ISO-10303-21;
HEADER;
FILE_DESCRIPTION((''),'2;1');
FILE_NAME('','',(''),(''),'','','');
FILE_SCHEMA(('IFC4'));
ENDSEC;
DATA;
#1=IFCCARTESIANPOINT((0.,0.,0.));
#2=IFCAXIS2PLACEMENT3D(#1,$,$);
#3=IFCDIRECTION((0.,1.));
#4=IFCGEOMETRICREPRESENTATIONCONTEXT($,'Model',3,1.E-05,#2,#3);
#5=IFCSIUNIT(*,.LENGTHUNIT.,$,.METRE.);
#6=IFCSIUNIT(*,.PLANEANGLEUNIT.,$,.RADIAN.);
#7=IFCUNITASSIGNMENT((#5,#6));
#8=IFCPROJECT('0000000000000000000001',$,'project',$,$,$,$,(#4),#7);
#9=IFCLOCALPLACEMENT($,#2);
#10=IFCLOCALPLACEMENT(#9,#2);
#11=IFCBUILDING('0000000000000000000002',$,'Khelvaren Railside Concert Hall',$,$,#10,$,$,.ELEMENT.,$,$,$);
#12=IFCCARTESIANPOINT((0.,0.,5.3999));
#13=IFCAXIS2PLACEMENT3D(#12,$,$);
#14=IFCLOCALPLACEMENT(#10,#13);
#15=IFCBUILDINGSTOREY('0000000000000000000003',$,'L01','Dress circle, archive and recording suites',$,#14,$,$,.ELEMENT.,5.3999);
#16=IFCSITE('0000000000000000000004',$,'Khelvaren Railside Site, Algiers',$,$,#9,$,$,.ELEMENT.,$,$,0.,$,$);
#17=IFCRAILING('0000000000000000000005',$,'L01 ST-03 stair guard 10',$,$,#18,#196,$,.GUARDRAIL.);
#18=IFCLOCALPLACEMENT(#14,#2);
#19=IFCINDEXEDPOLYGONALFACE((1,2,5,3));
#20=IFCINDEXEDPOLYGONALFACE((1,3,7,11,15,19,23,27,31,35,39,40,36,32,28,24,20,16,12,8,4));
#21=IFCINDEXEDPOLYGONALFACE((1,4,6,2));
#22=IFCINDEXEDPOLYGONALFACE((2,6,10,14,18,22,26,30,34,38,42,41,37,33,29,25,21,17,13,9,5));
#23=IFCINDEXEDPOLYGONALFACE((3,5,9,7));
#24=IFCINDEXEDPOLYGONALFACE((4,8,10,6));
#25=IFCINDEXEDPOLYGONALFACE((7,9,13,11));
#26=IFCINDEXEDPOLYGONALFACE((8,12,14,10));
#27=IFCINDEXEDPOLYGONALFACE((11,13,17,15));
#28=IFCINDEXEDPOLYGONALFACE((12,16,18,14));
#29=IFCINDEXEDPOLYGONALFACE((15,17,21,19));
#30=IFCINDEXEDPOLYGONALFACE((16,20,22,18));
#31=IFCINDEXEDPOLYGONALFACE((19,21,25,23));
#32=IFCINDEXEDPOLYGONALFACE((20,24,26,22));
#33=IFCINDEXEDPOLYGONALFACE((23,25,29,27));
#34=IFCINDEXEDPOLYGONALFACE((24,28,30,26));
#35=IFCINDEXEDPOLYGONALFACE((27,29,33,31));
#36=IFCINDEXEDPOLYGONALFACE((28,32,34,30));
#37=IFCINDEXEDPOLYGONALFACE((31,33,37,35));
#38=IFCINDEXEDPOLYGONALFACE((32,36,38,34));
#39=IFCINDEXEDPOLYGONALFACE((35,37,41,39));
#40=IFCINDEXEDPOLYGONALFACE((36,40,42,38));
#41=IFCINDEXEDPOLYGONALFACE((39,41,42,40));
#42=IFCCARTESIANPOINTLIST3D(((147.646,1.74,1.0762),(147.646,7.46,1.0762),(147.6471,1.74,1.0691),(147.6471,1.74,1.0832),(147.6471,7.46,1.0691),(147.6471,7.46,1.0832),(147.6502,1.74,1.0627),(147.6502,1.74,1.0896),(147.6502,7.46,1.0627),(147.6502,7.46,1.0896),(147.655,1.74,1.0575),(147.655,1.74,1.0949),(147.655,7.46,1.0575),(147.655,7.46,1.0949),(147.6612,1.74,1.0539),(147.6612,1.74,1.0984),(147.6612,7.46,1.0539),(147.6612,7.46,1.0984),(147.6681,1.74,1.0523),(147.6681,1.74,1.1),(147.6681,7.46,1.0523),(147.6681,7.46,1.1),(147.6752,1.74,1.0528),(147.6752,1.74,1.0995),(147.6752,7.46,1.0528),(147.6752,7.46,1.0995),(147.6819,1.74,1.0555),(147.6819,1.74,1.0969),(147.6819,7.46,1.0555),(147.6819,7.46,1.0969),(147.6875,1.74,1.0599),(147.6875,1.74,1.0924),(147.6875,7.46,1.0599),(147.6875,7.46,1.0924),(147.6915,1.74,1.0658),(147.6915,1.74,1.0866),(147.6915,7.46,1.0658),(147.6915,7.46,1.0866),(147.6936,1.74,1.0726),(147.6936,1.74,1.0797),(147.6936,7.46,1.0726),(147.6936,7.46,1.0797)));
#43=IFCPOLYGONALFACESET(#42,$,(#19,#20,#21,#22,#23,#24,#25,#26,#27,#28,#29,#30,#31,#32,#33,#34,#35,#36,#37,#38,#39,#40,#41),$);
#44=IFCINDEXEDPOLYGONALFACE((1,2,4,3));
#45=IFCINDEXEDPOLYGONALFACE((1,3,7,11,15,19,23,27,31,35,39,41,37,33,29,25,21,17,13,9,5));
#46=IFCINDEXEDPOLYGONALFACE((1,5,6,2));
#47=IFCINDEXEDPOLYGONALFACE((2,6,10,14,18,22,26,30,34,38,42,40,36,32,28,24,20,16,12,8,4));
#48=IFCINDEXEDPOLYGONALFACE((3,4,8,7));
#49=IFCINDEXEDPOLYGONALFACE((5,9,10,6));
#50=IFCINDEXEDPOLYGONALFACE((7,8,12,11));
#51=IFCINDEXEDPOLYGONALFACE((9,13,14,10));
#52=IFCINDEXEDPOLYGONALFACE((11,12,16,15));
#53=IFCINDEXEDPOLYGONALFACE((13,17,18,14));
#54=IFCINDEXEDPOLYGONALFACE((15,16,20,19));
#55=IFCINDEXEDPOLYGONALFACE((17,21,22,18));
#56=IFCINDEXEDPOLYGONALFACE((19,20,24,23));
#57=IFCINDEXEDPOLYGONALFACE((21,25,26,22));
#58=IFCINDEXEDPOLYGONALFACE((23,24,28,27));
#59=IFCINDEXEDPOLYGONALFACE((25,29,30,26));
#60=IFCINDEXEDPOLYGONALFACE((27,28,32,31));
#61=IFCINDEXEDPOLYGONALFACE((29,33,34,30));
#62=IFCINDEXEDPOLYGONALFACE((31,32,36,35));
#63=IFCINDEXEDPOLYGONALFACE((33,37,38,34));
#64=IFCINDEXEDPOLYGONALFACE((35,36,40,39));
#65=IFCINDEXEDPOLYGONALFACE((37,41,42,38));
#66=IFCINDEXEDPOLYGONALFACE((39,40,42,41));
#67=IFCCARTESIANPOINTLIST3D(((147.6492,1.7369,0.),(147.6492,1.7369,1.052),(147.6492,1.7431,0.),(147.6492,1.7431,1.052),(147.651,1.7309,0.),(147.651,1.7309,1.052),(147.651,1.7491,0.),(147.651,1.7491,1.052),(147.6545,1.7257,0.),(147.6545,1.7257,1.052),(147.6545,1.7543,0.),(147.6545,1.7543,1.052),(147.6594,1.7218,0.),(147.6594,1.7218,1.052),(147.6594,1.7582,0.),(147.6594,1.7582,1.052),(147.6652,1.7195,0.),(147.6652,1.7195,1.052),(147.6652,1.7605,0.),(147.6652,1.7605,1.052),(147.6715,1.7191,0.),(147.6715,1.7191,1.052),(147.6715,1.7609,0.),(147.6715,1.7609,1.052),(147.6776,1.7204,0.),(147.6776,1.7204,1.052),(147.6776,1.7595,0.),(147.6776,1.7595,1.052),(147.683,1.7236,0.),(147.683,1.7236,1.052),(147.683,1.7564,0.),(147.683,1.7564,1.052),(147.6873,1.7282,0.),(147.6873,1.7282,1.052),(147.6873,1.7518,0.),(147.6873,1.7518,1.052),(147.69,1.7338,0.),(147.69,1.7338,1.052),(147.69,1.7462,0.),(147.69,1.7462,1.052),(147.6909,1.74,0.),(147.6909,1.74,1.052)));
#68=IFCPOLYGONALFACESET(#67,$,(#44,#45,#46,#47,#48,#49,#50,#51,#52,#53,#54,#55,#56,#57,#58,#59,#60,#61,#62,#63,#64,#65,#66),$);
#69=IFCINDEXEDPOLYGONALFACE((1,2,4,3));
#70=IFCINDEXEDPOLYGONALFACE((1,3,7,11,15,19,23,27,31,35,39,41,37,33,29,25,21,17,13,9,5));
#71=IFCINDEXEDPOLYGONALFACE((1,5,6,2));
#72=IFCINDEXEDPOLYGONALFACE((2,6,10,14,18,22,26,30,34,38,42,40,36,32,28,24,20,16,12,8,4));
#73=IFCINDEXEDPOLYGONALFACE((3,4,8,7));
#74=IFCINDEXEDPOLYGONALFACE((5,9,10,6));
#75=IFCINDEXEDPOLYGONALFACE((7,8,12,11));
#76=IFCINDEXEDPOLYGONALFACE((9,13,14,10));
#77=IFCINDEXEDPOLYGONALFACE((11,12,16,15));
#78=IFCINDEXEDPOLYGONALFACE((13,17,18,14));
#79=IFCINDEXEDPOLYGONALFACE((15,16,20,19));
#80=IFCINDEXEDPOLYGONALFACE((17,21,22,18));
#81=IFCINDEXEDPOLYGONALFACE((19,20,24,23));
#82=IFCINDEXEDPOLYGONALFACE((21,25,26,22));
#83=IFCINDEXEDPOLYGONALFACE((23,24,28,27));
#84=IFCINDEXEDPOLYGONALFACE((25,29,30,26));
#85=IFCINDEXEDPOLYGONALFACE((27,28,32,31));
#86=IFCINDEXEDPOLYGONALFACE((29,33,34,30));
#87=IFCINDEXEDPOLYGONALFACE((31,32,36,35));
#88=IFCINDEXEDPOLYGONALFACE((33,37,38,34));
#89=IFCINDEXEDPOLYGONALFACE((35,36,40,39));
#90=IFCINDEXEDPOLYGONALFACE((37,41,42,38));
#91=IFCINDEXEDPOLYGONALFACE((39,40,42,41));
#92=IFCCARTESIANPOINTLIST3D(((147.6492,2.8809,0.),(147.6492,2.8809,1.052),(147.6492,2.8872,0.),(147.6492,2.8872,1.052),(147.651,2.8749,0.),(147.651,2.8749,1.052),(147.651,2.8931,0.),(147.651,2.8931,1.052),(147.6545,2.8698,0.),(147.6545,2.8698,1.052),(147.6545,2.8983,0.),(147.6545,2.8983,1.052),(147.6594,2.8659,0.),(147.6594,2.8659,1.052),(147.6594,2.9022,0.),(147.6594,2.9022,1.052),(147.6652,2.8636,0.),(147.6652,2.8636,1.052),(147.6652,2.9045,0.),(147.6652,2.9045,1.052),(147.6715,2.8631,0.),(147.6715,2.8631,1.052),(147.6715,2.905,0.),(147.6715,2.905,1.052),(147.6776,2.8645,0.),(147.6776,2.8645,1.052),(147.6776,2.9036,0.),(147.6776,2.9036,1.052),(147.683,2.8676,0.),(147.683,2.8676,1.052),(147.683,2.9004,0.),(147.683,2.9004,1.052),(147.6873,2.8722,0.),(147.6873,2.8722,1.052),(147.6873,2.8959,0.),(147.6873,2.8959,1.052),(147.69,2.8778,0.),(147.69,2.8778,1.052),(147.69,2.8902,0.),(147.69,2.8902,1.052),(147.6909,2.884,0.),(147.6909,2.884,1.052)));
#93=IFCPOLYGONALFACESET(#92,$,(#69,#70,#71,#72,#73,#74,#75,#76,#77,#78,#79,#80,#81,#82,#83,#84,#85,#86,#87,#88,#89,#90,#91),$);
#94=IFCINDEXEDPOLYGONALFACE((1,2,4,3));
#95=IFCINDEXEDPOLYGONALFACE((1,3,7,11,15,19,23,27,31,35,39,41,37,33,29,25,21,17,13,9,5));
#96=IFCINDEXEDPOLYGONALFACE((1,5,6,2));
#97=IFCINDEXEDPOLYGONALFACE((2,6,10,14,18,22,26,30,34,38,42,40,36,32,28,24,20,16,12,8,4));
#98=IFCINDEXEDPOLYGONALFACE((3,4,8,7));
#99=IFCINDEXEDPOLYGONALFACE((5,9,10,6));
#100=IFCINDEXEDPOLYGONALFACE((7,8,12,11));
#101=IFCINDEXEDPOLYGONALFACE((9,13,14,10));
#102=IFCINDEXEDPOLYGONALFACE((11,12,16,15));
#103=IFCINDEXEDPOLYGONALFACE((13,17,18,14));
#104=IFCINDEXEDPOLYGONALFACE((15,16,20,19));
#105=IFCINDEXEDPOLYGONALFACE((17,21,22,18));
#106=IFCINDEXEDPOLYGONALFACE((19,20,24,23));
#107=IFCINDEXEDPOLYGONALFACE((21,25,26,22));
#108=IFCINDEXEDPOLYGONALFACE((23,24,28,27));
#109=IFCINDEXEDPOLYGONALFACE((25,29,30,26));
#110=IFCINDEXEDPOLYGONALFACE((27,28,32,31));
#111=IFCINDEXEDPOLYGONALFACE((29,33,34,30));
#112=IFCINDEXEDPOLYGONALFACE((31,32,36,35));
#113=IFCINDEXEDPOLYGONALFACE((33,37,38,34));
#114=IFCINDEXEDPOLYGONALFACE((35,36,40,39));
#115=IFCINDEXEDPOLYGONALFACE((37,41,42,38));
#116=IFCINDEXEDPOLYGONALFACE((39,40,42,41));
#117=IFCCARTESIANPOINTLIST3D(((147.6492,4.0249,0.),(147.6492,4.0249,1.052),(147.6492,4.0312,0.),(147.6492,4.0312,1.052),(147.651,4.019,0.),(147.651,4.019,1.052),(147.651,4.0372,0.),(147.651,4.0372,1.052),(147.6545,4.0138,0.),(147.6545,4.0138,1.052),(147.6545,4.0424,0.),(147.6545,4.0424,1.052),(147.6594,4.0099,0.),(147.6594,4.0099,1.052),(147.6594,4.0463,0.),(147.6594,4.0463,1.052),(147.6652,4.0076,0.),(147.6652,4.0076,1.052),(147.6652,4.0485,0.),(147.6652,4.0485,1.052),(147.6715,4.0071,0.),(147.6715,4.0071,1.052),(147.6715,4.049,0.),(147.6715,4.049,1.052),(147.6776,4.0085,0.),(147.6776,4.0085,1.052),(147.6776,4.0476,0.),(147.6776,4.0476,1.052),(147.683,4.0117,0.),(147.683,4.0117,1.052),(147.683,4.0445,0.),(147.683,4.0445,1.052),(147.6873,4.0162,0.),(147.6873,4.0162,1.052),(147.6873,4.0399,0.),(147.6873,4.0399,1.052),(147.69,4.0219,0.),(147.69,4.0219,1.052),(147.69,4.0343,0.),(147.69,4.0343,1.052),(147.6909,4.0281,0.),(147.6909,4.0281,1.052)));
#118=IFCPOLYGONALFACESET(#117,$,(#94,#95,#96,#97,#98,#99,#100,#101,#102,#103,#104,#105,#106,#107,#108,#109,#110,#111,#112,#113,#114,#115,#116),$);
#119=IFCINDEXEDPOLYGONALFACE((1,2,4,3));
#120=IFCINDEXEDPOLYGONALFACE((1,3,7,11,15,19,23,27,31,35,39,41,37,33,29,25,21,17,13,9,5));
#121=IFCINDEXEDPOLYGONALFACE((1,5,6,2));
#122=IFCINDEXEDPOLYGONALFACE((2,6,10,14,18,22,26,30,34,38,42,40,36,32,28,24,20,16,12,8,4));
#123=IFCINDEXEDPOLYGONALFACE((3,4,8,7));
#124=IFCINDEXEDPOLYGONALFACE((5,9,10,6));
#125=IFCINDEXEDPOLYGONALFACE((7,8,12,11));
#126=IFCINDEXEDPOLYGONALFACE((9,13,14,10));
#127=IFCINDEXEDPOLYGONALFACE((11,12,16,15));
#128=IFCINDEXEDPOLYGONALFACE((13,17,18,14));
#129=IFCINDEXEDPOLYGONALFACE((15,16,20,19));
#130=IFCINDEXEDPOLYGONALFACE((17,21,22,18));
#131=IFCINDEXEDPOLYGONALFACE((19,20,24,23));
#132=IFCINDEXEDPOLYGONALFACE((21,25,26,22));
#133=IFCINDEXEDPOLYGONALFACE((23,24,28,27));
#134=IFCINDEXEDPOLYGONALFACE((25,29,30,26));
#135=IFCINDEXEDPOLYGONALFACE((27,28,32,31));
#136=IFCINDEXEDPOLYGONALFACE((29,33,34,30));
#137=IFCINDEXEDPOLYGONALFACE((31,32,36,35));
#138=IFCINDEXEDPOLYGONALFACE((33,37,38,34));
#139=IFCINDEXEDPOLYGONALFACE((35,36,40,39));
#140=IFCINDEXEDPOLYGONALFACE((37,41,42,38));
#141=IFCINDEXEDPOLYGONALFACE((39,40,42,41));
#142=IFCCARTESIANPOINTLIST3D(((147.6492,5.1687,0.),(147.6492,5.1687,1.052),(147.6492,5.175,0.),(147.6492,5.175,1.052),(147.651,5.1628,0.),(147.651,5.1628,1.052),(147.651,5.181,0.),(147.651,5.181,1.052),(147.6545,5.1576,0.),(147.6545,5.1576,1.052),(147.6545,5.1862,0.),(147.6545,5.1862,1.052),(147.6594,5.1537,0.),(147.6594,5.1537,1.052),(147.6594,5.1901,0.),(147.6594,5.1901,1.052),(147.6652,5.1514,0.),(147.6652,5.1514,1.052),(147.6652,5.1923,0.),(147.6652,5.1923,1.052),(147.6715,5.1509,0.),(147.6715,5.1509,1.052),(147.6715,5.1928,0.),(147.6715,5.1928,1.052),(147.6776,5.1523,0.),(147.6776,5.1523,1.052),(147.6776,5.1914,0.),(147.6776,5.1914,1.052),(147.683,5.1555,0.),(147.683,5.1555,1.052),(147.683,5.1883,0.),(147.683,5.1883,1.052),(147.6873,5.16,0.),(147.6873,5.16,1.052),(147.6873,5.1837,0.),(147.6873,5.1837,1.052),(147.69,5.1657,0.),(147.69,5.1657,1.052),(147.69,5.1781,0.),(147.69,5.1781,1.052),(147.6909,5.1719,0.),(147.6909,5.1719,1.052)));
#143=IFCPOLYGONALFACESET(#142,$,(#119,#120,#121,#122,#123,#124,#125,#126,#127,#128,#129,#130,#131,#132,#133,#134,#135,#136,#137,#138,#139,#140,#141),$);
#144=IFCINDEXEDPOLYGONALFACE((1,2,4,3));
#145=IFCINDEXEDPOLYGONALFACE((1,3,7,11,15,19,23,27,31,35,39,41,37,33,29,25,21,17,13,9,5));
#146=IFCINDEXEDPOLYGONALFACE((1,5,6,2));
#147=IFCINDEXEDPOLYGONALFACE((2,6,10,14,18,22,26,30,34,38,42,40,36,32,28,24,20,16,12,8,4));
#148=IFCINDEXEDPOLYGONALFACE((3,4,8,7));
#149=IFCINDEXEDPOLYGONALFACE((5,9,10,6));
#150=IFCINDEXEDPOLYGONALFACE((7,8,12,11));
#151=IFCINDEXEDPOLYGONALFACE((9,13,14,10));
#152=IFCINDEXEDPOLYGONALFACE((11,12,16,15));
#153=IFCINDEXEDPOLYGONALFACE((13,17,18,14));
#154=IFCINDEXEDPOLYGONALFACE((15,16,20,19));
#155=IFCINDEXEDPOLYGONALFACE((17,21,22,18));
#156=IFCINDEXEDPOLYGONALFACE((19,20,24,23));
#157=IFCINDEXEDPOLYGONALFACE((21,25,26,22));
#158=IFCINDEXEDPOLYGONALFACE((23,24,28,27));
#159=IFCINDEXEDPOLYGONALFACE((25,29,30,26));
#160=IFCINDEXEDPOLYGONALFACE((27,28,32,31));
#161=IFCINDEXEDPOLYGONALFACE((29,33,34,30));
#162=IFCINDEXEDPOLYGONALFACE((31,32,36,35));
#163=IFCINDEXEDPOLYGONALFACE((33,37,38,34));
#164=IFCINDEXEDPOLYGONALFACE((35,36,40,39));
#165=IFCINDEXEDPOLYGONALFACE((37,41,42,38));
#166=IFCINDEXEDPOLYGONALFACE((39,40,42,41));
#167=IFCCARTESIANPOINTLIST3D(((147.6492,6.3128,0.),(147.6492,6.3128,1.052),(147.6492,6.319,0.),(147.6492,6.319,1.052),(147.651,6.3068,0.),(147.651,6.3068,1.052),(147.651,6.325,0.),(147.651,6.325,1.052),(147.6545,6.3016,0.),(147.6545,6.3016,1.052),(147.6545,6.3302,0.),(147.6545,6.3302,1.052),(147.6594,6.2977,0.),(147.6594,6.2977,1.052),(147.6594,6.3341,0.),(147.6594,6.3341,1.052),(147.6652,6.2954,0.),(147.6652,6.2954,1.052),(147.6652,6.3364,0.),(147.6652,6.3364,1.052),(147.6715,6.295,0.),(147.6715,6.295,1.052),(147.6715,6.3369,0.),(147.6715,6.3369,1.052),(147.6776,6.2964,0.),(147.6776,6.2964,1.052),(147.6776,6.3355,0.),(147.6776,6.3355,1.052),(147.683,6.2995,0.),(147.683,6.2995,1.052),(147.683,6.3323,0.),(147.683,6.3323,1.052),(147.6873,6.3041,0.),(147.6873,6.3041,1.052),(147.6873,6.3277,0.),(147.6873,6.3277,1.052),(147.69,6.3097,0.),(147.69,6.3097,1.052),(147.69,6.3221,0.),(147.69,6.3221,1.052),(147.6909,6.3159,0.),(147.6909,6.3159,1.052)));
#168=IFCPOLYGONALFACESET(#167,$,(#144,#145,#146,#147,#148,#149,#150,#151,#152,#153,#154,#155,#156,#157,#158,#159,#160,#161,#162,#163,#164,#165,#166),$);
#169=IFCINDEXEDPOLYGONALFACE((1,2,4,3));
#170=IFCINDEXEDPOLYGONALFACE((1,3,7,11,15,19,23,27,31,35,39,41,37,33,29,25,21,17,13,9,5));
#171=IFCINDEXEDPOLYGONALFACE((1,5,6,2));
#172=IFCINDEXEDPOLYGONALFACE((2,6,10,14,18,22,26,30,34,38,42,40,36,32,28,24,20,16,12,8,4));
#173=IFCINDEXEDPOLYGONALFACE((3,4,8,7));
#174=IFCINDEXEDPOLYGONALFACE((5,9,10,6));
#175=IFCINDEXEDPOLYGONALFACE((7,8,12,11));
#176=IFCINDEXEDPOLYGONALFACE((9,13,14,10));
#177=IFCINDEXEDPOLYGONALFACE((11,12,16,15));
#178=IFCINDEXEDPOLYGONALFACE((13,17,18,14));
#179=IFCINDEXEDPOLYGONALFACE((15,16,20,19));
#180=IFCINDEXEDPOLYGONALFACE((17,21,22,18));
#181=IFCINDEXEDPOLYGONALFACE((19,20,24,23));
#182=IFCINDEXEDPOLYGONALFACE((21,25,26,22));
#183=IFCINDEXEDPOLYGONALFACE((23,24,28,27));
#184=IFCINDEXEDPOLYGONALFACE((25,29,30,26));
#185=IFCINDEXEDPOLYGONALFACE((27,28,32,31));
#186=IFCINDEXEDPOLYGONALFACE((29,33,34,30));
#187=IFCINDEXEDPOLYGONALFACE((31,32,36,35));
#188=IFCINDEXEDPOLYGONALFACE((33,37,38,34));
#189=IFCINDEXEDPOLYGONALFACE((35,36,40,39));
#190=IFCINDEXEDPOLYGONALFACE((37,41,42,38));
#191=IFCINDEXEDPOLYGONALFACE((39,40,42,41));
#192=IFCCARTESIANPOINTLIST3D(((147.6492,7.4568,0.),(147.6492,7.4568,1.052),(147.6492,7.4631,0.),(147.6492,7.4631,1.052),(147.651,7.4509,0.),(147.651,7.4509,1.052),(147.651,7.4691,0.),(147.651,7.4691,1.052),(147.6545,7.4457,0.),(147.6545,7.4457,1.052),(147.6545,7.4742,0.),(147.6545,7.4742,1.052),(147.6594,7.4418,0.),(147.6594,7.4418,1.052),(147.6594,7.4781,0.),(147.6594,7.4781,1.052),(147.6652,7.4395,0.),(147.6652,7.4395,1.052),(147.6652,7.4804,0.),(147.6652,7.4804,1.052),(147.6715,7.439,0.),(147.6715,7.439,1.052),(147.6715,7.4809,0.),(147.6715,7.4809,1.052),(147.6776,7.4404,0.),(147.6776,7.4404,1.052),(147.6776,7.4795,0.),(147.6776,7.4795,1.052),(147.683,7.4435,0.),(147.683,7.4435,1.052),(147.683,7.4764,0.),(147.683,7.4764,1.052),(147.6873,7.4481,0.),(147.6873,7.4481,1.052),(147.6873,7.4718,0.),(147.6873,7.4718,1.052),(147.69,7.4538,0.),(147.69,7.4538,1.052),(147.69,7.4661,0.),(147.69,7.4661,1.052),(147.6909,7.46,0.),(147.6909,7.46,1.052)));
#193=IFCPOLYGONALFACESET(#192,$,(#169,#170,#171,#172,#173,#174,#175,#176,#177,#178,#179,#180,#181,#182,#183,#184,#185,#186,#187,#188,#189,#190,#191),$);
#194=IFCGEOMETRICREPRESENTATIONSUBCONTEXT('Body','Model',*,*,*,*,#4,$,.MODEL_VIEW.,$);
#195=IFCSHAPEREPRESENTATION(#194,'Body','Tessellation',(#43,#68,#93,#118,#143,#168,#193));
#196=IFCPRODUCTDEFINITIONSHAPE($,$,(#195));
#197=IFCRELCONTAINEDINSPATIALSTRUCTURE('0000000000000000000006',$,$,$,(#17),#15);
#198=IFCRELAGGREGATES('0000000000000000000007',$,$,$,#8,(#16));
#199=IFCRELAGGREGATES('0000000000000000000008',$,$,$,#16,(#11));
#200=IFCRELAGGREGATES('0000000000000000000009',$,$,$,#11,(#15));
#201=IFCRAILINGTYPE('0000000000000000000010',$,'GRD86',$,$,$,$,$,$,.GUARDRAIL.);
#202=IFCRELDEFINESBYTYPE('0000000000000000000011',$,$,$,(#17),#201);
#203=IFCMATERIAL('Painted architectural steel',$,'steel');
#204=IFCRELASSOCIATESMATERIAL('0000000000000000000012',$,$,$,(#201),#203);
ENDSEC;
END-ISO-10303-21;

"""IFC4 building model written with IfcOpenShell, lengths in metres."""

from ifc_helpers import new_model, si_unit, direction, frame, origin, origin_2d, place, context, subcontext, project, spatial, circle, extrude, material, type_object, element, save


model = new_model("IFC4")

# Units and contexts
model_context = context("Model", 3, precision=1e-05, world=origin(), true_north=direction((0.0, 1.0)))
body_context = subcontext(model_context, "Body", "Model", "MODEL_VIEW")
ifc_project = project(units=[si_unit("LENGTHUNIT", "METRE"), si_unit("PLANEANGLEUNIT", "RADIAN")], contexts=[model_context])

# Site, building, storey
site_placement = place(None, origin())
site = spatial("IfcSite", under=ifc_project, at=site_placement, Name="Khelvaren Railside Site, Algiers", CompositionType="ELEMENT", RefElevation=0.0)
building_placement = place(site_placement, origin())
building = spatial("IfcBuilding", under=site, at=building_placement, Name="Khelvaren Railside Concert Hall", CompositionType="ELEMENT")
storey_placement = place(building_placement, frame((0.0, 0.0, 5.3999)))
storey = spatial("IfcBuildingStorey", under=building, at=storey_placement, Name="L01", Description="Dress circle, archive and recording suites", CompositionType="ELEMENT", Elevation=5.3999)

# Railing
ifc_material_1 = material(Name="Painted architectural steel", Category="steel")
railing_type_1 = type_object("IfcRailingType", Name="GRD86", PredefinedType="GUARDRAIL", material=ifc_material_1)
for number, where, name in (
    (1, (147.6699, 1.74, 0.0), "L01 ST-03 stair guard 10"),
):
    element("IfcRailing", number, at=place(storey_placement, frame(where)), inside=storey, type_object=railing_type_1, Name=name, PredefinedType="GUARDRAIL", context=body_context, shape_type="SweptSolid", body=[
        extrude(circle(Radius=0.0239, at=origin_2d()), frame((0.0, 0.0, 1.0762), z_axis=(0.0, 1.0, 0.0), x_axis=(-1.0, 0.0, 0.0)), (0.0, 0.0, 1.0), 5.72),
        extrude(circle(Radius=0.021, at=origin_2d()), origin(), (0.0, 0.0, 1.0), 1.052),
        extrude(circle(Radius=0.021, at=origin_2d()), frame((0.0, 1.144, 0.0)), (0.0, 0.0, 1.0), 1.052),
        extrude(circle(Radius=0.021, at=origin_2d()), frame((0.0, 2.2881, 0.0)), (0.0, 0.0, 1.0), 1.052),
        extrude(circle(Radius=0.021, at=origin_2d()), frame((0.0, 3.4319, 0.0)), (0.0, 0.0, 1.0), 1.052),
        extrude(circle(Radius=0.021, at=origin_2d()), frame((0.0, 4.5759, 0.0)), (0.0, 0.0, 1.0), 1.052),
        extrude(circle(Radius=0.021, at=origin_2d()), frame((0.0, 5.72, 0.0)), (0.0, 0.0, 1.0), 1.052),
    ])

save(model, "model.ifc")
